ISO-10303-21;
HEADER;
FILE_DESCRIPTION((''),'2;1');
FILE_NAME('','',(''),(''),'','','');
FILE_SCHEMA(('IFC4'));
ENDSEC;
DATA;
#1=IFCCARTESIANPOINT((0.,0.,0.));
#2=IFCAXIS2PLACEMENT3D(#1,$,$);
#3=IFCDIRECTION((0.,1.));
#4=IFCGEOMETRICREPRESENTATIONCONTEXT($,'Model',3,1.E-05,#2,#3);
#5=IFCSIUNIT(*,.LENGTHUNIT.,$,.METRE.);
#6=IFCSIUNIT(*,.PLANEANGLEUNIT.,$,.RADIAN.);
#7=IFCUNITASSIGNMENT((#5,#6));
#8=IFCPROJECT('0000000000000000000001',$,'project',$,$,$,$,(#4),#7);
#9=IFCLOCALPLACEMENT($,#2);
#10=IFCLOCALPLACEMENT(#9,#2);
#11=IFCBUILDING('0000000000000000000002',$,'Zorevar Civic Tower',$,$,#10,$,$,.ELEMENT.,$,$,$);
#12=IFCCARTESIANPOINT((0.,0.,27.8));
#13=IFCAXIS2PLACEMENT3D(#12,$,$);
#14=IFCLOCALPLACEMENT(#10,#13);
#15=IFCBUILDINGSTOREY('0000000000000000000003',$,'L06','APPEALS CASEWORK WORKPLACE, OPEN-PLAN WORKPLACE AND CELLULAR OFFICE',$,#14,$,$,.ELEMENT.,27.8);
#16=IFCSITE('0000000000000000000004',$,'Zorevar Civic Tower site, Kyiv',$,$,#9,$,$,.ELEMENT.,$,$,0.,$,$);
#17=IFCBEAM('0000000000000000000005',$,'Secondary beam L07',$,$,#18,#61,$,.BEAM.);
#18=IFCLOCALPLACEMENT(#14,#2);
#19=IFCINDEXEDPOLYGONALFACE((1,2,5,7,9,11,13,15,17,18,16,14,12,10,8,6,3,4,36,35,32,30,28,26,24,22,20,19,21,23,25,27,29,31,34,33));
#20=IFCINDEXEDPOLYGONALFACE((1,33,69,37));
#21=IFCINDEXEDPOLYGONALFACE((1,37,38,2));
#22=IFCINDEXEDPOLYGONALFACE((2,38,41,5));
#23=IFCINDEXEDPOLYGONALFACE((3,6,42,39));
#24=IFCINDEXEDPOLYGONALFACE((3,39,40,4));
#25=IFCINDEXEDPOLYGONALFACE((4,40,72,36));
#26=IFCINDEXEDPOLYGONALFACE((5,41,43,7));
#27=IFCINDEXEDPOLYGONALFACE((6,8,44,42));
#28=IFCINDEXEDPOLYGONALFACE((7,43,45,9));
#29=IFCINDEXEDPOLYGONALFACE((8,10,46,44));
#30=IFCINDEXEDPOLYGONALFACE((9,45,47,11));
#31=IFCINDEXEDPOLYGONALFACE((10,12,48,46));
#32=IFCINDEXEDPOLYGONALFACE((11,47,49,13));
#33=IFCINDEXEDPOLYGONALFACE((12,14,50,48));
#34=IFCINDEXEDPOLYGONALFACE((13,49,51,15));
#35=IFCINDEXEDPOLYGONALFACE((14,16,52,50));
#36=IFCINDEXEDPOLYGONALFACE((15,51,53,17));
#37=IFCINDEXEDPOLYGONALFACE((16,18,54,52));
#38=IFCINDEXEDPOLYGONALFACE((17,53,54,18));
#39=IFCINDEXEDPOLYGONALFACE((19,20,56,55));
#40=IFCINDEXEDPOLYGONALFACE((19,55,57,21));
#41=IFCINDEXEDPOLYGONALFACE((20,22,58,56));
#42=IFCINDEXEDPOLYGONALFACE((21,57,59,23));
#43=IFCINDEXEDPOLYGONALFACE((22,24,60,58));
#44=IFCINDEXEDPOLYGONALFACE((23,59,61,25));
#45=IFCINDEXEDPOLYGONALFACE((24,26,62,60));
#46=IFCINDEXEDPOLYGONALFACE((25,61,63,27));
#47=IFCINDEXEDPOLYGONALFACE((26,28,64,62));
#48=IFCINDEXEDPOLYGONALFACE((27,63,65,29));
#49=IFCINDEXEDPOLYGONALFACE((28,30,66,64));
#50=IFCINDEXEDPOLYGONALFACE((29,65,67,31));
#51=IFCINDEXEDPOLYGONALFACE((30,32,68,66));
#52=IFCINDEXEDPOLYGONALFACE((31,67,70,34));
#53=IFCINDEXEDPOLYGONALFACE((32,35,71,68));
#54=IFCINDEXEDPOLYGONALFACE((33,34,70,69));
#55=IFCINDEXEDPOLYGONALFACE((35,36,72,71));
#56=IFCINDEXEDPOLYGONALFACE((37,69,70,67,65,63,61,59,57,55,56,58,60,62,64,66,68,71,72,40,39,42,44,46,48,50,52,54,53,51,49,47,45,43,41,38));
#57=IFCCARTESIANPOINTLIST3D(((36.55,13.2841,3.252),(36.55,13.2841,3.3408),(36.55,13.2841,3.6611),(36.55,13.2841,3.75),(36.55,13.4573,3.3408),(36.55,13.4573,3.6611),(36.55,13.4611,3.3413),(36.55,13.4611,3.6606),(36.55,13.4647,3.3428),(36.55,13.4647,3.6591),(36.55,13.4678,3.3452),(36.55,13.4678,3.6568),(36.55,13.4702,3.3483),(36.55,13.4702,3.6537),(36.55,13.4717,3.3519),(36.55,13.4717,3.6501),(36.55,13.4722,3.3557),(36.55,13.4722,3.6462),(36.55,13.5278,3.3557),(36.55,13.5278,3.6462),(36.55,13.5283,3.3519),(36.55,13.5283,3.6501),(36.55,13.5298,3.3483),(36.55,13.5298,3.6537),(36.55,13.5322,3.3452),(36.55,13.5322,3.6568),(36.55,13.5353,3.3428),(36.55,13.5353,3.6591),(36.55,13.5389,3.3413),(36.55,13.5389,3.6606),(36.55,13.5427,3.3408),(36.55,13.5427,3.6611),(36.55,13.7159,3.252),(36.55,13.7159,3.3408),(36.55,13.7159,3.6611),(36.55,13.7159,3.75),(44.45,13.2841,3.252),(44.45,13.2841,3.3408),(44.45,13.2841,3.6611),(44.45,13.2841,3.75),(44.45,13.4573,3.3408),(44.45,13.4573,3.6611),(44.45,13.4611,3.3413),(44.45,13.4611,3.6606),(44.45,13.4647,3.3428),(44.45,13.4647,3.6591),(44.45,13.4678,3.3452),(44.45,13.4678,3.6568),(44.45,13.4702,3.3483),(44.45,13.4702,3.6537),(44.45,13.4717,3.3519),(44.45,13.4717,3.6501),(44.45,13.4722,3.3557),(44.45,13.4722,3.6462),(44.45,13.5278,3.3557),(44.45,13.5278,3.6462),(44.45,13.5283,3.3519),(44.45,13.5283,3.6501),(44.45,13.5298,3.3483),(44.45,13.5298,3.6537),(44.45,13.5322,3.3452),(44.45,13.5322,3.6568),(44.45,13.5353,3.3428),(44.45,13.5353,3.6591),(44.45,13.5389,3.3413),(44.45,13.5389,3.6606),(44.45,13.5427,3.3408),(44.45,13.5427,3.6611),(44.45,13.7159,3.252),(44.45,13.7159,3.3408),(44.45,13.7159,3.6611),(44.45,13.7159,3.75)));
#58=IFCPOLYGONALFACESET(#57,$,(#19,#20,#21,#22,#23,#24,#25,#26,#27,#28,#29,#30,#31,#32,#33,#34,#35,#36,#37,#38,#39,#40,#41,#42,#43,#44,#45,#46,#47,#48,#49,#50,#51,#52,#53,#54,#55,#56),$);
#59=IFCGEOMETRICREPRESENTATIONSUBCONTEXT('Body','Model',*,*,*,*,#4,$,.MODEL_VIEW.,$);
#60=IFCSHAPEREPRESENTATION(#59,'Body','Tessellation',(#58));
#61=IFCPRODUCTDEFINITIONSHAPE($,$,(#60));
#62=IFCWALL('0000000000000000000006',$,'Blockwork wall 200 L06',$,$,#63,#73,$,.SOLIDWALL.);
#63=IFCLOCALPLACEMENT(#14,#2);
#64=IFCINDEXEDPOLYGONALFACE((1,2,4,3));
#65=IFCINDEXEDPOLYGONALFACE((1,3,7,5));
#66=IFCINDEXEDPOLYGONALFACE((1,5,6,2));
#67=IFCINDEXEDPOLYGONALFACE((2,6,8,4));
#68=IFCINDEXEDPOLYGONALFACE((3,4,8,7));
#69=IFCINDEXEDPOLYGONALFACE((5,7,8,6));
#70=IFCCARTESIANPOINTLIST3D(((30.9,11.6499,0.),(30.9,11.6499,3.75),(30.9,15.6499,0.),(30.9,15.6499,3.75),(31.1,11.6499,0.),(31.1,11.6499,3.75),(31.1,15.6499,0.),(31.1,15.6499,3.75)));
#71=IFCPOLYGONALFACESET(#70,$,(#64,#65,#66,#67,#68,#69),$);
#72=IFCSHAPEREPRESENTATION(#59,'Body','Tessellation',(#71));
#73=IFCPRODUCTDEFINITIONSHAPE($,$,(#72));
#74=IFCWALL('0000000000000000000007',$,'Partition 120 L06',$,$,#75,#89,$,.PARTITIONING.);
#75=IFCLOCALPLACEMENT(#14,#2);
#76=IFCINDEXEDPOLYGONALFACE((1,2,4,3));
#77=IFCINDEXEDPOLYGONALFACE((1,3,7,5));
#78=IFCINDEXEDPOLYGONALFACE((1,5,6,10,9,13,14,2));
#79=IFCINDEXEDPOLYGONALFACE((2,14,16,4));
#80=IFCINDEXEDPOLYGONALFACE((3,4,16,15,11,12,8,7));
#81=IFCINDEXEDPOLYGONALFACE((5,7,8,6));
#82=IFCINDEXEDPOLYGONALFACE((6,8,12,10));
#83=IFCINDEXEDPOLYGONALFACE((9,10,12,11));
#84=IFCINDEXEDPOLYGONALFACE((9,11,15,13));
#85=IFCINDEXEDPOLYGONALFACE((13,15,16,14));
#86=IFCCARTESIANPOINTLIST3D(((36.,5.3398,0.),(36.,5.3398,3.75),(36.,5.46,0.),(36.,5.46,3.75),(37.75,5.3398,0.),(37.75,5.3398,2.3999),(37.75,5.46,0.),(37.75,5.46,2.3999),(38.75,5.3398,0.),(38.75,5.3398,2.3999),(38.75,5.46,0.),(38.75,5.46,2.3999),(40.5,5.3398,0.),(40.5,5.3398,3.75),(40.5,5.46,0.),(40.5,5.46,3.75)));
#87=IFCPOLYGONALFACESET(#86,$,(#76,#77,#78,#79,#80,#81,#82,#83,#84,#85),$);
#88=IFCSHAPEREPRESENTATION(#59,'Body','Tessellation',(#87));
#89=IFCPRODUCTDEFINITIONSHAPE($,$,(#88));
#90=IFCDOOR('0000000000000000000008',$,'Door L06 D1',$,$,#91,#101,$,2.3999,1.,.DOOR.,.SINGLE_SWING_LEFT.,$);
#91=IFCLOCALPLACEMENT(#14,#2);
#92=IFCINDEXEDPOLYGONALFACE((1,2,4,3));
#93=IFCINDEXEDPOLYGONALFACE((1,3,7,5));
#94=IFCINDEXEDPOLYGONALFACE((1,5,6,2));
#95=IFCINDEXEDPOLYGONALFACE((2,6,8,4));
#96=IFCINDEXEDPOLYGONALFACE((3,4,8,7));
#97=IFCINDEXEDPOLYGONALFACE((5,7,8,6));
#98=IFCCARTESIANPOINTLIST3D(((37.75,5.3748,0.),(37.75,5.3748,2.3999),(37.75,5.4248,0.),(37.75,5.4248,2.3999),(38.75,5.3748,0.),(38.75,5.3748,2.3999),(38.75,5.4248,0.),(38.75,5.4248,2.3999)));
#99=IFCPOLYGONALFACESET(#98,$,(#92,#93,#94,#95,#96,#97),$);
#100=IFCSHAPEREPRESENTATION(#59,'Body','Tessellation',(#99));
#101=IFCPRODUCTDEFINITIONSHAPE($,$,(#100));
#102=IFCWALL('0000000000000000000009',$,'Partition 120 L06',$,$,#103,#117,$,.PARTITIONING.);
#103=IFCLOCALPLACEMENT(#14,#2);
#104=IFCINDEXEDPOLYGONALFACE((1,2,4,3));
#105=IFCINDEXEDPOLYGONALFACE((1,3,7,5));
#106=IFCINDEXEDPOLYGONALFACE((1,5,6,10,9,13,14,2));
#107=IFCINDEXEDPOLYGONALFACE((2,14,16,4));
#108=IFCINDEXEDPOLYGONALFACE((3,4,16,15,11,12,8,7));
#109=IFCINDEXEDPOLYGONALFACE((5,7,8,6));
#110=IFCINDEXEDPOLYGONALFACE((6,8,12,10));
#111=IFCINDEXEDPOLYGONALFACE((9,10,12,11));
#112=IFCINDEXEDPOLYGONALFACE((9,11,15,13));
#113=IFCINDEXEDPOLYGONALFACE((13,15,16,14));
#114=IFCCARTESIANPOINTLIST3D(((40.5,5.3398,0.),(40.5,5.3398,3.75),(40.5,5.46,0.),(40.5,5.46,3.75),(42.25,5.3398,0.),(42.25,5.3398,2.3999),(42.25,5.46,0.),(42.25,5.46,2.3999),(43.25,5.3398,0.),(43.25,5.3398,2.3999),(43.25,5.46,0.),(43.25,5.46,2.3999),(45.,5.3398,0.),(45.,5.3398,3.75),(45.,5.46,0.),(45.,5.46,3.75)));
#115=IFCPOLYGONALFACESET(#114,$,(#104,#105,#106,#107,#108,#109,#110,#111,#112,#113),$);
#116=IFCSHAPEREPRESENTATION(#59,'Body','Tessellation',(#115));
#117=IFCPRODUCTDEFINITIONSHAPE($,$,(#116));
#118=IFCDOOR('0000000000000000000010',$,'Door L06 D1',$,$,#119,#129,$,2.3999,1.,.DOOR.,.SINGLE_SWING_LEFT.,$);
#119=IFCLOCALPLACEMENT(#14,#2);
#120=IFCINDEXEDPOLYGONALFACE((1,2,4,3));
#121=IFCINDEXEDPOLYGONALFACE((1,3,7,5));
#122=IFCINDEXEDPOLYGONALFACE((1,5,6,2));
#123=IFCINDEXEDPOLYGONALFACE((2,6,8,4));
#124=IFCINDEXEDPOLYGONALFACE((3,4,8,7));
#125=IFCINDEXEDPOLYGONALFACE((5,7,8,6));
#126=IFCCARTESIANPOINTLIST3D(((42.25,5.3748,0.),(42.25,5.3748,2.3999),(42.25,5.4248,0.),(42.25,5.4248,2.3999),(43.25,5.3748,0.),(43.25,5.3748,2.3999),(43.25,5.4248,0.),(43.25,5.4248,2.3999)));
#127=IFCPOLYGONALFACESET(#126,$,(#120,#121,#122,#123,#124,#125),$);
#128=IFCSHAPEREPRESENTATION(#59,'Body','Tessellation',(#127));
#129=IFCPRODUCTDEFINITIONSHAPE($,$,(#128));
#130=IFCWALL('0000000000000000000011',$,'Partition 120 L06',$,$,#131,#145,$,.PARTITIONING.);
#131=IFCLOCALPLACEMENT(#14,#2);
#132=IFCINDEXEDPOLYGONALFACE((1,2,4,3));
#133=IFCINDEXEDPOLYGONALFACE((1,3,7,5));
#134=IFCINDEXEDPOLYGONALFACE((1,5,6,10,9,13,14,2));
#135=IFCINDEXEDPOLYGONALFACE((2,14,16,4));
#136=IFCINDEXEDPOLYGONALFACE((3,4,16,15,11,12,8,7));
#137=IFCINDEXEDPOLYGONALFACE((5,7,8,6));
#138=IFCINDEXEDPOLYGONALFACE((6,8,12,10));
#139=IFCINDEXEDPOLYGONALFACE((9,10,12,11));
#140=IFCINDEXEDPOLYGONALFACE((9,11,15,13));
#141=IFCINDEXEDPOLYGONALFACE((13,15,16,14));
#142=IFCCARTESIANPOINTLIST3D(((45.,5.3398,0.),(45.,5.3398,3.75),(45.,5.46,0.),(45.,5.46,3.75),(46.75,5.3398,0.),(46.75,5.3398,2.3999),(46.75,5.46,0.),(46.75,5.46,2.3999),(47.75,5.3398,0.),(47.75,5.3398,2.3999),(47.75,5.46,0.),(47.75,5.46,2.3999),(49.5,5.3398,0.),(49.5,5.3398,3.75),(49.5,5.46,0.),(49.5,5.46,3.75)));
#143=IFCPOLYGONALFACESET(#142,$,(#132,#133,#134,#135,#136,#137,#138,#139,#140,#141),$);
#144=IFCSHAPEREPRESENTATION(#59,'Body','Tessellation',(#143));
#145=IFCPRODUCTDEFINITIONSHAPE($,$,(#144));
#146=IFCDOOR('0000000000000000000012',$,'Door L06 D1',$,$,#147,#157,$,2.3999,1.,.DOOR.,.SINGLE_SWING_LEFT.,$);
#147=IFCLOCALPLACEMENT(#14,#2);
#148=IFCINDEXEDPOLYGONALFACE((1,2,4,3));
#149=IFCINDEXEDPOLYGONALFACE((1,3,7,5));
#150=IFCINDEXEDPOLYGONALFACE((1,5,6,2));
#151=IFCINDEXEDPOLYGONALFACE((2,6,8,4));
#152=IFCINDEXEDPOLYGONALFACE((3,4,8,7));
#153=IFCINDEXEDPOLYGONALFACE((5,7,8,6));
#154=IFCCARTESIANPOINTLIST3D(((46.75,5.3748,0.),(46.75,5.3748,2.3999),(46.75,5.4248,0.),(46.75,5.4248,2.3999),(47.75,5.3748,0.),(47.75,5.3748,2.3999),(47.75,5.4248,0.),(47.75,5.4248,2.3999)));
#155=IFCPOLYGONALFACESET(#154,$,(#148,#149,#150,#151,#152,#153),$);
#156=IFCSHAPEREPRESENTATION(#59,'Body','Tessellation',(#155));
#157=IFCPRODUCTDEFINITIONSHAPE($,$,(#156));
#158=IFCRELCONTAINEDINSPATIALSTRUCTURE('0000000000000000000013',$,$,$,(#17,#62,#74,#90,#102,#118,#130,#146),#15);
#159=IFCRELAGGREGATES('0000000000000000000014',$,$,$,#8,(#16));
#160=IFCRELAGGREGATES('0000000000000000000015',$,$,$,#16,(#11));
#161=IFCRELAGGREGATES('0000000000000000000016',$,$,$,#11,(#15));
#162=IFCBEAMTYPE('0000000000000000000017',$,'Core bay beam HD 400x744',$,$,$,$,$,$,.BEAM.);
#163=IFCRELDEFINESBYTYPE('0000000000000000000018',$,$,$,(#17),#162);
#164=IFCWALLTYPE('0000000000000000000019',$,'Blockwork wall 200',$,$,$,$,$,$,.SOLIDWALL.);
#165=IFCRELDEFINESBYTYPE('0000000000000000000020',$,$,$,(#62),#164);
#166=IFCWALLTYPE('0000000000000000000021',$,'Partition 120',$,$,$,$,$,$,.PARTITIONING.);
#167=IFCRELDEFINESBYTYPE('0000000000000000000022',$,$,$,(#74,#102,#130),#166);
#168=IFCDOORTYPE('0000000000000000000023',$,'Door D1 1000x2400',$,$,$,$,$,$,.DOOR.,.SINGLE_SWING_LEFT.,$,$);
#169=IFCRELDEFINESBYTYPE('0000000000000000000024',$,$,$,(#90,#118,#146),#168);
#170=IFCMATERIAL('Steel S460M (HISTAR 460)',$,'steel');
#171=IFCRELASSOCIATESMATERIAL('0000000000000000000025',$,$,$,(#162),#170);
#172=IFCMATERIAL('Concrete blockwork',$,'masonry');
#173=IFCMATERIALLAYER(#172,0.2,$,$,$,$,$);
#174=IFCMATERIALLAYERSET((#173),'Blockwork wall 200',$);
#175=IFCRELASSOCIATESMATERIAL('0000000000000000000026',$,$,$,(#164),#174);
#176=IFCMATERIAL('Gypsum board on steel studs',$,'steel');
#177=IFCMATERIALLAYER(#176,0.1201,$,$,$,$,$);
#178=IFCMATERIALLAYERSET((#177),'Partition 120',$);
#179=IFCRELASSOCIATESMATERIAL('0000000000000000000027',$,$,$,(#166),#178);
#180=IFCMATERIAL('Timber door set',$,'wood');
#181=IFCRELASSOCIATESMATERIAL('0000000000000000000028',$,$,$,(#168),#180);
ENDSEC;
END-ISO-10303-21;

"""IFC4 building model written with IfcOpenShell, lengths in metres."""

from ifc_helpers import new_model, si_unit, direction, frame, frame_2d, origin, origin_2d, place, context, subcontext, project, spatial, rectangle, i_section, extrude, material, layer, layer_set, material_profile, profile_set, type_object, element, fill, save


model = new_model("IFC4")

# Units and contexts
model_context = context("Model", 3, precision=1e-05, world=origin(), true_north=direction((0.0, 1.0)))
body_context = subcontext(model_context, "Body", "Model", "MODEL_VIEW")
ifc_project = project(units=[si_unit("LENGTHUNIT", "METRE"), si_unit("PLANEANGLEUNIT", "RADIAN")], contexts=[model_context])

# Site, building, storey
site_placement = place(None, origin())
site = spatial("IfcSite", under=ifc_project, at=site_placement, Name="Zorevar Civic Tower site, Kyiv", CompositionType="ELEMENT", RefElevation=0.0)
building_placement = place(site_placement, origin())
building = spatial("IfcBuilding", under=site, at=building_placement, Name="Zorevar Civic Tower", CompositionType="ELEMENT")
storey_placement = place(building_placement, frame((0.0, 0.0, 27.8)))
storey = spatial("IfcBuildingStorey", under=building, at=storey_placement, Name="L06", Description="APPEALS CASEWORK WORKPLACE, OPEN-PLAN WORKPLACE AND CELLULAR OFFICE", CompositionType="ELEMENT", Elevation=27.8)

# Beam
ifc_material_1 = material(Name="Steel S460M (HISTAR 460)", Category="steel")
ifc_material_profile_1 = material_profile(ifc_material_1, i_section(OverallWidth=0.4319, OverallDepth=0.498, WebThickness=0.0557, FlangeThickness=0.0889, FilletRadius=0.0149, at=origin_2d()), Name="HD 400x744")
ifc_profile_set_1 = profile_set([ifc_material_profile_1], Name="Steel S460M (HISTAR 460)")
beam_type_1 = type_object("IfcBeamType", Name="Core bay beam HD 400x744", PredefinedType="BEAM", material=ifc_profile_set_1)
for number, where, z_axis, x_axis, name in (
    (1, (36.55, 13.5, 3.501), (1.0, 0.0, 0.0), (0.0, 1.0, 0.0), "Secondary beam L07"),
):
    element("IfcBeam", number, at=place(storey_placement, frame(where, z_axis=z_axis, x_axis=x_axis)), inside=storey, type_object=beam_type_1, Name=name, PredefinedType="BEAM", context=body_context, shape_type="SweptSolid", body=[
        extrude(i_section(OverallWidth=0.4319, OverallDepth=0.498, WebThickness=0.0557, FlangeThickness=0.0889, FilletRadius=0.0149, at=origin_2d()), origin(), (0.0, 0.0, 1.0), 7.8999),
    ])

# Wall
ifc_material_2 = material(Name="Concrete blockwork", Category="masonry")
ifc_layer_1 = layer(ifc_material_2, 0.2)
ifc_layer_set_1 = layer_set([ifc_layer_1], Name="Blockwork wall 200")
wall_type_1 = type_object("IfcWallType", Name="Blockwork wall 200", PredefinedType="SOLIDWALL", material=ifc_layer_set_1)
wall_1_placement = place(storey_placement, frame((31.0, 11.6499, 0.0), z_axis=(0.0, 0.0, 1.0), x_axis=(0.0, 1.0, 0.0)))
element("IfcWall", 2, at=wall_1_placement, inside=storey, type_object=wall_type_1, Name="Blockwork wall 200 L06", PredefinedType="SOLIDWALL", context=body_context, shape_type="SweptSolid", body=[
    extrude(rectangle(XDim=4.0, YDim=0.2, at=frame_2d((2.0, 0.0))), origin(), (0.0, 0.0, 1.0), 3.75),
])

# Walls, openings, doors
ifc_material_3 = material(Name="Gypsum board on steel studs", Category="steel")
ifc_layer_2 = layer(ifc_material_3, 0.1201)
ifc_layer_set_2 = layer_set([ifc_layer_2], Name="Partition 120")
wall_type_2 = type_object("IfcWallType", Name="Partition 120", PredefinedType="PARTITIONING", material=ifc_layer_set_2)
wall_2_placement = place(storey_placement, frame((36.0, 5.3999, 0.0), z_axis=(0.0, 0.0, 1.0), x_axis=(1.0, 0.0, 0.0)))
wall_2 = element("IfcWall", 3, at=wall_2_placement, inside=storey, type_object=wall_type_2, Name="Partition 120 L06", PredefinedType="PARTITIONING", context=body_context, shape_type="SweptSolid", body=[
    extrude(rectangle(XDim=4.5, YDim=0.1201, at=frame_2d((2.25, 0.0))), origin(), (0.0, 0.0, 1.0), 3.75),
])
opening_1_placement = place(wall_2_placement, frame((1.75, 0.0, 0.0)))
opening_1 = element("IfcOpeningElement", 4, at=opening_1_placement, cuts=wall_2, PredefinedType="OPENING", context=body_context, shape_type="SweptSolid", body=[
    extrude(rectangle(XDim=1.0, YDim=2.3999, at=frame_2d((0.5, 1.2))), frame((0.0, 0.0701, 0.0), z_axis=(0.0, -1.0, 0.0), x_axis=(1.0, 0.0, 0.0)), (0.0, 0.0, 1.0), 0.1401),
])
ifc_material_4 = material(Name="Timber door set", Category="wood")
door_type = type_object("IfcDoorType", Name="Door D1 1000x2400", OperationType="SINGLE_SWING_LEFT", PredefinedType="DOOR", material=ifc_material_4)
door_1_placement = place(opening_1_placement, origin())
door_1 = element("IfcDoor", 5, at=door_1_placement, inside=storey, type_object=door_type, Name="Door L06 D1", OperationType="SINGLE_SWING_LEFT", OverallHeight=2.3999, OverallWidth=1.0, PredefinedType="DOOR", context=body_context, shape_type="SweptSolid", body=[
    extrude(rectangle(XDim=1.0, YDim=2.3999, at=frame_2d((0.5, 1.2))), frame((0.0, 0.0249, 0.0), z_axis=(0.0, -1.0, 0.0), x_axis=(1.0, 0.0, 0.0)), (0.0, 0.0, 1.0), 0.05),
])
fill(opening_1, door_1)
wall_3_placement = place(storey_placement, frame((40.5, 5.3999, 0.0), z_axis=(0.0, 0.0, 1.0), x_axis=(1.0, 0.0, 0.0)))
wall_3 = element("IfcWall", 6, at=wall_3_placement, inside=storey, type_object=wall_type_2, Name="Partition 120 L06", PredefinedType="PARTITIONING", context=body_context, shape_type="SweptSolid", body=[
    extrude(rectangle(XDim=4.5, YDim=0.1201, at=frame_2d((2.25, 0.0))), origin(), (0.0, 0.0, 1.0), 3.75),
])
opening_2_placement = place(wall_3_placement, frame((1.75, 0.0, 0.0)))
opening_2 = element("IfcOpeningElement", 7, at=opening_2_placement, cuts=wall_3, PredefinedType="OPENING", context=body_context, shape_type="SweptSolid", body=[
    extrude(rectangle(XDim=1.0, YDim=2.3999, at=frame_2d((0.5, 1.2))), frame((0.0, 0.0701, 0.0), z_axis=(0.0, -1.0, 0.0), x_axis=(1.0, 0.0, 0.0)), (0.0, 0.0, 1.0), 0.1401),
])
door_2_placement = place(opening_2_placement, origin())
door_2 = element("IfcDoor", 8, at=door_2_placement, inside=storey, type_object=door_type, Name="Door L06 D1", OperationType="SINGLE_SWING_LEFT", OverallHeight=2.3999, OverallWidth=1.0, PredefinedType="DOOR", context=body_context, shape_type="SweptSolid", body=[
    extrude(rectangle(XDim=1.0, YDim=2.3999, at=frame_2d((0.5, 1.2))), frame((0.0, 0.0249, 0.0), z_axis=(0.0, -1.0, 0.0), x_axis=(1.0, 0.0, 0.0)), (0.0, 0.0, 1.0), 0.05),
])
fill(opening_2, door_2)
wall_4_placement = place(storey_placement, frame((45.0, 5.3999, 0.0), z_axis=(0.0, 0.0, 1.0), x_axis=(1.0, 0.0, 0.0)))
wall_4 = element("IfcWall", 9, at=wall_4_placement, inside=storey, type_object=wall_type_2, Name="Partition 120 L06", PredefinedType="PARTITIONING", context=body_context, shape_type="SweptSolid", body=[
    extrude(rectangle(XDim=4.5, YDim=0.1201, at=frame_2d((2.25, 0.0))), origin(), (0.0, 0.0, 1.0), 3.75),
])
opening_3_placement = place(wall_4_placement, frame((1.75, 0.0, 0.0)))
opening_3 = element("IfcOpeningElement", 10, at=opening_3_placement, cuts=wall_4, PredefinedType="OPENING", context=body_context, shape_type="SweptSolid", body=[
    extrude(rectangle(XDim=1.0, YDim=2.3999, at=frame_2d((0.5, 1.2))), frame((0.0, 0.0701, 0.0), z_axis=(0.0, -1.0, 0.0), x_axis=(1.0, 0.0, 0.0)), (0.0, 0.0, 1.0), 0.1401),
])
door_3_placement = place(opening_3_placement, origin())
door_3 = element("IfcDoor", 11, at=door_3_placement, inside=storey, type_object=door_type, Name="Door L06 D1", OperationType="SINGLE_SWING_LEFT", OverallHeight=2.3999, OverallWidth=1.0, PredefinedType="DOOR", context=body_context, shape_type="SweptSolid", body=[
    extrude(rectangle(XDim=1.0, YDim=2.3999, at=frame_2d((0.5, 1.2))), frame((0.0, 0.0249, 0.0), z_axis=(0.0, -1.0, 0.0), x_axis=(1.0, 0.0, 0.0)), (0.0, 0.0, 1.0), 0.05),
])
fill(opening_3, door_3)

save(model, "model.ifc")
